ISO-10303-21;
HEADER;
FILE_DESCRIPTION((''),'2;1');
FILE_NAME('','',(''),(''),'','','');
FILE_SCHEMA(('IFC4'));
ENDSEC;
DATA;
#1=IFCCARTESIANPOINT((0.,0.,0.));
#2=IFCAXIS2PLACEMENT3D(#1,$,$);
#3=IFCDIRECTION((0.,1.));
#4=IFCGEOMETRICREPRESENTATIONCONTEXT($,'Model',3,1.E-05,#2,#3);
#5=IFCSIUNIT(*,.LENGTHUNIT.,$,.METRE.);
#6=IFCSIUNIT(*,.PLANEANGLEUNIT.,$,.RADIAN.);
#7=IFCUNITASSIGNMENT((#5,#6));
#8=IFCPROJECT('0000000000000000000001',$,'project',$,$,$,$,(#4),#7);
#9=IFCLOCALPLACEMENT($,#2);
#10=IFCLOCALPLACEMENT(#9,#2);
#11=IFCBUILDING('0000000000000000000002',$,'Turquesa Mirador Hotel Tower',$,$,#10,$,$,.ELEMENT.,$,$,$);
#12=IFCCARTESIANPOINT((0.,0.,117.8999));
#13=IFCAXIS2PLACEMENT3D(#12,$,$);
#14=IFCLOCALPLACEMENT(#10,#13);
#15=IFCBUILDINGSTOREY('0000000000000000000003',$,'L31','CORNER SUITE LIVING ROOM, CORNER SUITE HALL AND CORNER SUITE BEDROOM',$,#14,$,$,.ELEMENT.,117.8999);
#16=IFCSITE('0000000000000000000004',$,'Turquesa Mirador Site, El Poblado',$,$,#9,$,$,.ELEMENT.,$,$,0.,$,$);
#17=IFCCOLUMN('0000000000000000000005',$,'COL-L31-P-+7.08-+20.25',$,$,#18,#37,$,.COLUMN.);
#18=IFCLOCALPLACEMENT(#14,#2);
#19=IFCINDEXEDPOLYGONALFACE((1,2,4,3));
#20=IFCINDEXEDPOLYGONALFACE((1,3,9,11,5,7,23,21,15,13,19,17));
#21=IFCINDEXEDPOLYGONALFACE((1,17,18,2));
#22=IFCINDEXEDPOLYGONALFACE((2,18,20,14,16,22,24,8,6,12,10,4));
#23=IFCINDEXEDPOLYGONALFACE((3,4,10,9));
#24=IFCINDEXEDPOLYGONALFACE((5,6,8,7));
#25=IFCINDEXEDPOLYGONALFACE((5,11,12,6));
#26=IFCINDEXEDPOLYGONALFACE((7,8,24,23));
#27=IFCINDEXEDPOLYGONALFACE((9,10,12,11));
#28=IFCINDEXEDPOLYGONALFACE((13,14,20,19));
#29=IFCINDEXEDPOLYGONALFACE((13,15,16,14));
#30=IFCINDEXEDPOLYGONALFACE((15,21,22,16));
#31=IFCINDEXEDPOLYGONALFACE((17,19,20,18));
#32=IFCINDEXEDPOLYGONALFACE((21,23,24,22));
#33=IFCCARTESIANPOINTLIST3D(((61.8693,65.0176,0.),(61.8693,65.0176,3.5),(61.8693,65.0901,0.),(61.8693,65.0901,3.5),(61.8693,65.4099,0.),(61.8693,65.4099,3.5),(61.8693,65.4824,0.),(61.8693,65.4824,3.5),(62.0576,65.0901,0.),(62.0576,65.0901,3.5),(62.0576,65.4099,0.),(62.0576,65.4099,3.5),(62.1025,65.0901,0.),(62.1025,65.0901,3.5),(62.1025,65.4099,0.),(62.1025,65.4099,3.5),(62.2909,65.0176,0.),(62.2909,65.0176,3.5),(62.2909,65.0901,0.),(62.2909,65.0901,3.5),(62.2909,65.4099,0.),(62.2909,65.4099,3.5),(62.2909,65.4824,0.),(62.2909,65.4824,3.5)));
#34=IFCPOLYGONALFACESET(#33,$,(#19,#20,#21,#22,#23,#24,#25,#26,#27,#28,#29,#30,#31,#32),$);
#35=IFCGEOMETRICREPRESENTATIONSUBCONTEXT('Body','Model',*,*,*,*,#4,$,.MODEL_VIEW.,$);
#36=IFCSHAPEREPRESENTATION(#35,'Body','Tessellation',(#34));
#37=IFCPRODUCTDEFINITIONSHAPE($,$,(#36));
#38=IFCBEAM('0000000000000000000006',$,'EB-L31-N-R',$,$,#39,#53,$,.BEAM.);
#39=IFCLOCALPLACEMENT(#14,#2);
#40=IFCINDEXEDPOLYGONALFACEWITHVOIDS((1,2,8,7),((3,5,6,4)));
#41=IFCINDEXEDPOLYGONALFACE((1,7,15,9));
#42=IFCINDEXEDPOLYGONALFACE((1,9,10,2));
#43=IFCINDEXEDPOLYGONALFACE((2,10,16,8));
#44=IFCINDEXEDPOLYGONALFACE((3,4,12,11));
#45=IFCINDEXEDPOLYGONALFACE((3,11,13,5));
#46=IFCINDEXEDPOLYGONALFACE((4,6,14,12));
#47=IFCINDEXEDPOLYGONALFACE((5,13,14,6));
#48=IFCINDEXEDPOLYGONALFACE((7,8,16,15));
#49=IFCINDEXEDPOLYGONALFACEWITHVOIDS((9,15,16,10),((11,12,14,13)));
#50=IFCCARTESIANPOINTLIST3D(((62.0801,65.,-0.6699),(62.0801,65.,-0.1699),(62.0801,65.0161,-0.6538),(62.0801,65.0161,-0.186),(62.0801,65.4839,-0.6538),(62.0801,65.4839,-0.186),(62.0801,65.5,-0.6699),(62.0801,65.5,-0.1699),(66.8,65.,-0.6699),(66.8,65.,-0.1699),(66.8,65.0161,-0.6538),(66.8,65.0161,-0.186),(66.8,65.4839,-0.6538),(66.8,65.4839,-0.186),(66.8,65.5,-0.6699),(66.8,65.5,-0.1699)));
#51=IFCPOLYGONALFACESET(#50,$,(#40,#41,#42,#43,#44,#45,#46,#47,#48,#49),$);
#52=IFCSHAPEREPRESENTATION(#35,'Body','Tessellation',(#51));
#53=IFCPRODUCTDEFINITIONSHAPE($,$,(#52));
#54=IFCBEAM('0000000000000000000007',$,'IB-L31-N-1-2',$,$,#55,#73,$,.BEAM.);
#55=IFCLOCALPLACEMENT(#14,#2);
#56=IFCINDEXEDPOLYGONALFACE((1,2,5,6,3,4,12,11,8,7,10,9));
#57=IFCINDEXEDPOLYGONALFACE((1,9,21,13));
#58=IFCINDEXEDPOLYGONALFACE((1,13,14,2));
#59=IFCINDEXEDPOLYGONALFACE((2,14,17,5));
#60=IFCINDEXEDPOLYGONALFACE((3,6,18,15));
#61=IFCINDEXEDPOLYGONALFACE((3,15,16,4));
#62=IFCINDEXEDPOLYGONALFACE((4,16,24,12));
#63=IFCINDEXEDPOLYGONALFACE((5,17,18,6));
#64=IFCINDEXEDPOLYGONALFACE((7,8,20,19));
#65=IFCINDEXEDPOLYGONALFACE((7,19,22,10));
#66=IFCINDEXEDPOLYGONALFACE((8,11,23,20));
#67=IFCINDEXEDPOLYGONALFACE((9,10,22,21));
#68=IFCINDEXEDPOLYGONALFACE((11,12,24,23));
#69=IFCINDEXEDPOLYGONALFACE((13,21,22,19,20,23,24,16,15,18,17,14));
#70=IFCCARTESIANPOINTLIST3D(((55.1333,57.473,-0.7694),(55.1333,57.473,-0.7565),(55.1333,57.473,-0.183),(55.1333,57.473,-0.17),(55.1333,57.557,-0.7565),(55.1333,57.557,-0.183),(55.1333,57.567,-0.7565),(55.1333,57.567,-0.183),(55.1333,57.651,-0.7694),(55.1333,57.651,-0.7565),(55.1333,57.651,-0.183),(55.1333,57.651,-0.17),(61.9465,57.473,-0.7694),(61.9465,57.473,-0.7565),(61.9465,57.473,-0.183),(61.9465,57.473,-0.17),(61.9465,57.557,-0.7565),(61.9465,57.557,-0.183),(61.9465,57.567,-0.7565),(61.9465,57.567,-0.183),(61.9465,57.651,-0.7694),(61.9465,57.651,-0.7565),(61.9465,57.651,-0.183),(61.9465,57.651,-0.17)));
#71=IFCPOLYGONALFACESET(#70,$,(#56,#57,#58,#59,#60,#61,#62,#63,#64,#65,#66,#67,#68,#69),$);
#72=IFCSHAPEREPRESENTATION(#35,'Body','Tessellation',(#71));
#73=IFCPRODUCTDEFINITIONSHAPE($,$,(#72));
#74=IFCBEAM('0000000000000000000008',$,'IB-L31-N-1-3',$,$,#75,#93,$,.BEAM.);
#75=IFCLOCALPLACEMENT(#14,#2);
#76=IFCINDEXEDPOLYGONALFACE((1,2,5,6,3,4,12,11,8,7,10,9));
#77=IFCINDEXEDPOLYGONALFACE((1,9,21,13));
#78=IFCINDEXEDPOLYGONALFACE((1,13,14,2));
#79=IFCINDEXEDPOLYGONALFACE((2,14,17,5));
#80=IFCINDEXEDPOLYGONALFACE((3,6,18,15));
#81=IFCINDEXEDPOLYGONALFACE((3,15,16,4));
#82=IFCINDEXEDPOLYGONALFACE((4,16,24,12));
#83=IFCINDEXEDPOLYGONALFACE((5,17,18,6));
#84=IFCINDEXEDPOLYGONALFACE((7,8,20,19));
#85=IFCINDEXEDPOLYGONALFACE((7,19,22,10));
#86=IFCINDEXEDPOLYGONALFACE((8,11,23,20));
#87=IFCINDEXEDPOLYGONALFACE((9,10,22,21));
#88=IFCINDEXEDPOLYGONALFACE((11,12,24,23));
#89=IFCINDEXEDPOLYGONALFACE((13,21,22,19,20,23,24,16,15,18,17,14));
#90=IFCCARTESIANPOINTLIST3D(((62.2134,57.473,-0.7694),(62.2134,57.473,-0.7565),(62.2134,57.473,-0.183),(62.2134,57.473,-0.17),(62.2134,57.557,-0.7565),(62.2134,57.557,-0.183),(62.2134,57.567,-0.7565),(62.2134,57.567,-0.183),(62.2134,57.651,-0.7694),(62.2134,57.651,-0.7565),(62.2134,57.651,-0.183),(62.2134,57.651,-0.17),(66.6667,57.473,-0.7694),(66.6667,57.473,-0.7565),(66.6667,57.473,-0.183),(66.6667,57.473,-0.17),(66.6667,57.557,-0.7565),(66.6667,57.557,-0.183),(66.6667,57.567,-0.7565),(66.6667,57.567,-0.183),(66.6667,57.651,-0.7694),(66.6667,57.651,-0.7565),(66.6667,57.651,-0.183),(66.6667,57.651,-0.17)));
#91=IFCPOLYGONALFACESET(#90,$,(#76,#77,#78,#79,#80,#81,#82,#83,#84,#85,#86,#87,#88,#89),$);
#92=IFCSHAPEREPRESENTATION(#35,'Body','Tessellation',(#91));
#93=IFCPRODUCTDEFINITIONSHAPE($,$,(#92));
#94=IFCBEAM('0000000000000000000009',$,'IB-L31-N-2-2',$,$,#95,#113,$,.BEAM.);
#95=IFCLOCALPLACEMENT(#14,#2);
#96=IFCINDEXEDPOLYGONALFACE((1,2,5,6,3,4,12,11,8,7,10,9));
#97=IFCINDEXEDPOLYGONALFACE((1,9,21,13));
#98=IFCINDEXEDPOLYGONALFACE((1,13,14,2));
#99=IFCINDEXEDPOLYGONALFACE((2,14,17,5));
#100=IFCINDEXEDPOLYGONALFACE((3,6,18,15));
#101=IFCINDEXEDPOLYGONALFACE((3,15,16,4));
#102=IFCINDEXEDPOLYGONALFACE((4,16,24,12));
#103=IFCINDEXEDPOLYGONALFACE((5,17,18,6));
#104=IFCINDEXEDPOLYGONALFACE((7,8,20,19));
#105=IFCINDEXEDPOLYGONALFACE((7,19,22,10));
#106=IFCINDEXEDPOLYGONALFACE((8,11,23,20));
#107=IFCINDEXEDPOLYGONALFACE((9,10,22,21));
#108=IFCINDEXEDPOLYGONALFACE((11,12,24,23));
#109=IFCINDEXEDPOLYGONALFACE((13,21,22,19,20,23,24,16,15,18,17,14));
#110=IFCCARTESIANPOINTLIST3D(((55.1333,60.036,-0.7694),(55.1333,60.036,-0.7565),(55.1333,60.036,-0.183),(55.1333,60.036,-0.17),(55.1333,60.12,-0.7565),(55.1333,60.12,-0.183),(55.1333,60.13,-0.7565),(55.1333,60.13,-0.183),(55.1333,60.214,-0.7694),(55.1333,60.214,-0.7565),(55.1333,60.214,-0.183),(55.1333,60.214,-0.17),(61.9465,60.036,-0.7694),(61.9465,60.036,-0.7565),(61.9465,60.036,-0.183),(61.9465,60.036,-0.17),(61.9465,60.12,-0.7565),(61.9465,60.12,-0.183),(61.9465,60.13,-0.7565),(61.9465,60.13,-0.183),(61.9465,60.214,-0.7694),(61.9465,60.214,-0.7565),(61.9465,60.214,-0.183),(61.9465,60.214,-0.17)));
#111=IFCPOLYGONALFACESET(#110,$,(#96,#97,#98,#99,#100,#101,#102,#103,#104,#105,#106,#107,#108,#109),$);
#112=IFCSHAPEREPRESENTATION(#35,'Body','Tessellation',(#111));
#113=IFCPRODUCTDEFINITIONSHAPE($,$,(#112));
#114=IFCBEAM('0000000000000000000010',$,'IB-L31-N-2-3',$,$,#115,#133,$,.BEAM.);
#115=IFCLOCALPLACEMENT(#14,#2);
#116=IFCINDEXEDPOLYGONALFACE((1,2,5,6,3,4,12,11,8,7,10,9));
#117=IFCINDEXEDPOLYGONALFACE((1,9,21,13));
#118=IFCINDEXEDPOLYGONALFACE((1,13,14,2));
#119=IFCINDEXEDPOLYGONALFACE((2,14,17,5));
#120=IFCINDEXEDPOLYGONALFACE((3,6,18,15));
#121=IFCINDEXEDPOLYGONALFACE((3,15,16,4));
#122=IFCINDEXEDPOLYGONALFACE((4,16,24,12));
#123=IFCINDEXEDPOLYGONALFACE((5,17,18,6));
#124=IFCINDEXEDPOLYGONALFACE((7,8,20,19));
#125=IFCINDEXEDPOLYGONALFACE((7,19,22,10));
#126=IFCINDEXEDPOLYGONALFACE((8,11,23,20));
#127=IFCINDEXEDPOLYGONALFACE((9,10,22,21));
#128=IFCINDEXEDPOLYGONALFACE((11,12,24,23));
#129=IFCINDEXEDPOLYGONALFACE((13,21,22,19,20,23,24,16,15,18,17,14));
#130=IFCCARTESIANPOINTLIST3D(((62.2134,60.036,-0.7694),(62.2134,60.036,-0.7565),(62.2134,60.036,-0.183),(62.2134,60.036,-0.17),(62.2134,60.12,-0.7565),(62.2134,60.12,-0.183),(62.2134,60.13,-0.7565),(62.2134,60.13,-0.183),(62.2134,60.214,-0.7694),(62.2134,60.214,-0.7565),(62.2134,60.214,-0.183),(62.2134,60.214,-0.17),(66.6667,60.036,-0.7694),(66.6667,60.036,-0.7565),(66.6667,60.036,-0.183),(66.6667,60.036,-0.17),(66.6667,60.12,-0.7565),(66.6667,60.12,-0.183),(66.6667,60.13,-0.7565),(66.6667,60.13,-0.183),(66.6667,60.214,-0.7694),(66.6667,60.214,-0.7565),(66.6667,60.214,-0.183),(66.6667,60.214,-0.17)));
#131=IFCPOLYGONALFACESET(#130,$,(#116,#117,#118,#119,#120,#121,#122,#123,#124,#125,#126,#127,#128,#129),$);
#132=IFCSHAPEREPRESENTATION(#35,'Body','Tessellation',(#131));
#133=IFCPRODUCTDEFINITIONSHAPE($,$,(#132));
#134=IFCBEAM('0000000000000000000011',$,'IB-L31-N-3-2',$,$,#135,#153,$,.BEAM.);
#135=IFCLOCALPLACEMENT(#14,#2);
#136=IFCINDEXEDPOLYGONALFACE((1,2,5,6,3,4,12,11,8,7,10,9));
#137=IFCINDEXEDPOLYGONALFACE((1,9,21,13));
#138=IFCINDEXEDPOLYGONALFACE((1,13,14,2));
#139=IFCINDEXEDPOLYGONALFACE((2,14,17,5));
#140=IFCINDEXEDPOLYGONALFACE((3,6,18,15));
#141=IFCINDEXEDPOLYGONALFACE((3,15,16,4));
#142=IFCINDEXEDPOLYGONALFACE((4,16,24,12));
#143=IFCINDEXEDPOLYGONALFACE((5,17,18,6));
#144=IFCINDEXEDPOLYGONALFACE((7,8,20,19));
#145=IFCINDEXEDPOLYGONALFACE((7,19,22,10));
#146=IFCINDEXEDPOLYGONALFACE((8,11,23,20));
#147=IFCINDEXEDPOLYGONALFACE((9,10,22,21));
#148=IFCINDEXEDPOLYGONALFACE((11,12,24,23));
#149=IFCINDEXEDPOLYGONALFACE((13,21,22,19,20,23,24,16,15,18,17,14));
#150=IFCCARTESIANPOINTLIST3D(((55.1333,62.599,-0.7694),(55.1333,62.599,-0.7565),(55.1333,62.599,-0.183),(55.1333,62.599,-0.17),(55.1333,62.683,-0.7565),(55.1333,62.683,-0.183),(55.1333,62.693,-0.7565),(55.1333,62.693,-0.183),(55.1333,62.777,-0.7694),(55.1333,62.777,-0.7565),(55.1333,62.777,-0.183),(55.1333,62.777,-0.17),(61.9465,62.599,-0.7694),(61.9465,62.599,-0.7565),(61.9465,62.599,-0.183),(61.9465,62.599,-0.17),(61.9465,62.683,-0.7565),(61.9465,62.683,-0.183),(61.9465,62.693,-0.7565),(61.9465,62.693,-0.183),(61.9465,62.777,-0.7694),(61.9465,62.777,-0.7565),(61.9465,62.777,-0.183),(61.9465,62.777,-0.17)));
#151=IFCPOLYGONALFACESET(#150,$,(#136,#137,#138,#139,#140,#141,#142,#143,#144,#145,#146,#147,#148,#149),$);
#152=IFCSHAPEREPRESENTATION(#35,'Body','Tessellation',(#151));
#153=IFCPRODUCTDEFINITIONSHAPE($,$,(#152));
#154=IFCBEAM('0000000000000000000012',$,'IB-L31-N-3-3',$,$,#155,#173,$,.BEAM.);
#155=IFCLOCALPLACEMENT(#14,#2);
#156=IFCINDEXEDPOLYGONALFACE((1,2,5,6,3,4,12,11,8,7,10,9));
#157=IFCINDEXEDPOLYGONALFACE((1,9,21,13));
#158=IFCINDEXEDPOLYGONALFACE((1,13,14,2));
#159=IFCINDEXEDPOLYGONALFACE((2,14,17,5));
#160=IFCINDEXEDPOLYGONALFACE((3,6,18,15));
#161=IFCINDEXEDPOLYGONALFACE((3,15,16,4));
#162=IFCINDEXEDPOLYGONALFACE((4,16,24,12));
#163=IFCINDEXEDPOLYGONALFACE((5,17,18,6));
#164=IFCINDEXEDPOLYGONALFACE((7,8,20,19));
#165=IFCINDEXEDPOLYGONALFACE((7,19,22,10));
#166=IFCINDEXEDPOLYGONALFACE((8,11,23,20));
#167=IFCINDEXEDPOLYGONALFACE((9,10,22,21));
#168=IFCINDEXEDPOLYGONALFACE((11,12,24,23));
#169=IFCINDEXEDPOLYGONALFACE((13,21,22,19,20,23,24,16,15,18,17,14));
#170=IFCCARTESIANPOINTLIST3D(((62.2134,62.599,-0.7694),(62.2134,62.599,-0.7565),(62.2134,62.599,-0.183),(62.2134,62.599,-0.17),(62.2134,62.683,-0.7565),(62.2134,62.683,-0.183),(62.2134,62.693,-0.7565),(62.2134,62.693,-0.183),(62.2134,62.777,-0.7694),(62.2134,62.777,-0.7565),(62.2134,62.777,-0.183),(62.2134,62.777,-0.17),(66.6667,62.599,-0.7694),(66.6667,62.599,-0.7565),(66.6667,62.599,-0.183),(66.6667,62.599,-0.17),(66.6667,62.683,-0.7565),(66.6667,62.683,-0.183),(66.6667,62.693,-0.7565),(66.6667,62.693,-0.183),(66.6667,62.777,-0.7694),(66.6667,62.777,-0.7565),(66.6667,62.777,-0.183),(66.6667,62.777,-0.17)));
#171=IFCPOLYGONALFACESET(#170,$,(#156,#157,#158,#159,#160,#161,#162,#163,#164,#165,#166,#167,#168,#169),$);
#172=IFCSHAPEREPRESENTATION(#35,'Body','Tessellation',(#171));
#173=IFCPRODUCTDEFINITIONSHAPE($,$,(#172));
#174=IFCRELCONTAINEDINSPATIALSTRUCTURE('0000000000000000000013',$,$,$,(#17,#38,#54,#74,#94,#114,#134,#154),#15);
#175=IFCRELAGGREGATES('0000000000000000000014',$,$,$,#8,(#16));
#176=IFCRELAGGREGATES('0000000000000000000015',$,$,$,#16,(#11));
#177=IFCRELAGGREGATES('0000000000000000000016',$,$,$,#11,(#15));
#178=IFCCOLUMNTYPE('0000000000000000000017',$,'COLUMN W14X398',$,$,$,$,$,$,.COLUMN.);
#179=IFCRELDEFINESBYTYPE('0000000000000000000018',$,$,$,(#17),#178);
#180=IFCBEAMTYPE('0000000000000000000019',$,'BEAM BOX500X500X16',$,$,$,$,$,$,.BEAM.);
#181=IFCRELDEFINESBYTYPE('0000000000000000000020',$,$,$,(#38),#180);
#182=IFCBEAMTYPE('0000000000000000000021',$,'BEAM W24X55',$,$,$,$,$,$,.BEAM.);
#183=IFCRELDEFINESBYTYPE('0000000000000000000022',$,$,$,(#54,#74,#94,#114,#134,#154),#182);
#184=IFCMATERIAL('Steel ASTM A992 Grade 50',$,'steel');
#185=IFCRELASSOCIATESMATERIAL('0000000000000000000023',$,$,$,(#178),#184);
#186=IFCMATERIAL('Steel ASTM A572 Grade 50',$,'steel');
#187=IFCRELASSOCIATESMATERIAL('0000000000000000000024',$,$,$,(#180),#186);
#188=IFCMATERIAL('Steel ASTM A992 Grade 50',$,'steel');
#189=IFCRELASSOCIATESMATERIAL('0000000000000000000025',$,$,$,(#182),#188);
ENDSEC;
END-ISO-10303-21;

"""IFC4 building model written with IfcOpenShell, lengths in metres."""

from ifc_helpers import new_model, si_unit, direction, frame, origin, origin_2d, place, context, subcontext, project, spatial, hollow_rectangle, i_section, extrude, material, material_profile, profile_set, type_object, element, save


model = new_model("IFC4")

# Units and contexts
model_context = context("Model", 3, precision=1e-05, world=origin(), true_north=direction((0.0, 1.0)))
body_context = subcontext(model_context, "Body", "Model", "MODEL_VIEW")
ifc_project = project(units=[si_unit("LENGTHUNIT", "METRE"), si_unit("PLANEANGLEUNIT", "RADIAN")], contexts=[model_context])

# Site, building, storey
site_placement = place(None, origin())
site = spatial("IfcSite", under=ifc_project, at=site_placement, Name="Turquesa Mirador Site, El Poblado", CompositionType="ELEMENT", RefElevation=0.0)
building_placement = place(site_placement, origin())
building = spatial("IfcBuilding", under=site, at=building_placement, Name="Turquesa Mirador Hotel Tower", CompositionType="ELEMENT")
storey_placement = place(building_placement, frame((0.0, 0.0, 117.8999)))
storey = spatial("IfcBuildingStorey", under=building, at=storey_placement, Name="L31", Description="CORNER SUITE LIVING ROOM, CORNER SUITE HALL AND CORNER SUITE BEDROOM", CompositionType="ELEMENT", Elevation=117.8999)

# Column
ifc_material_1 = material(Name="Steel ASTM A992 Grade 50", Category="steel")
ifc_material_profile_1 = material_profile(ifc_material_1, i_section(OverallWidth=0.4216, OverallDepth=0.4648, WebThickness=0.0449, FlangeThickness=0.0725, at=origin_2d()), Name="W14X398")
ifc_profile_set_1 = profile_set([ifc_material_profile_1], Name="Steel ASTM A992 Grade 50")
column_type = type_object("IfcColumnType", Name="COLUMN W14X398", PredefinedType="COLUMN", material=ifc_profile_set_1)
column_placement = place(storey_placement, frame((62.0801, 65.25, 0.0), z_axis=(0.0, 0.0, 1.0), x_axis=(1.0, 0.0, 0.0)))
element("IfcColumn", 1, at=column_placement, inside=storey, type_object=column_type, Name="COL-L31-P-+7.08-+20.25", PredefinedType="COLUMN", context=body_context, shape_type="SweptSolid", body=[
    extrude(i_section(OverallWidth=0.4216, OverallDepth=0.4648, WebThickness=0.0449, FlangeThickness=0.0725, at=origin_2d()), origin(), (0.0, 0.0, 1.0), 3.5),
])

# Beams
ifc_material_2 = material(Name="Steel ASTM A572 Grade 50", Category="steel")
ifc_material_profile_2 = material_profile(ifc_material_2, hollow_rectangle(XDim=0.5, YDim=0.5, WallThickness=0.0161, at=origin_2d()), Name="BOX500X500X16")
ifc_profile_set_2 = profile_set([ifc_material_profile_2], Name="Steel ASTM A572 Grade 50")
beam_type_1 = type_object("IfcBeamType", Name="BEAM BOX500X500X16", PredefinedType="BEAM", material=ifc_profile_set_2)
beam_1_placement = place(storey_placement, frame((62.0801, 65.25, -0.4199), z_axis=(1.0, 0.0, 0.0), x_axis=(0.0, 1.0, 0.0)))
element("IfcBeam", 2, at=beam_1_placement, inside=storey, type_object=beam_type_1, Name="EB-L31-N-R", PredefinedType="BEAM", context=body_context, shape_type="SweptSolid", body=[
    extrude(hollow_rectangle(XDim=0.5, YDim=0.5, WallThickness=0.0161, at=origin_2d()), origin(), (0.0, 0.0, 1.0), 4.72),
])
ifc_material_3 = material(Name="Steel ASTM A992 Grade 50", Category="steel")
ifc_material_profile_3 = material_profile(ifc_material_3, i_section(OverallWidth=0.178, OverallDepth=0.5994, WebThickness=0.01, FlangeThickness=0.0129, at=origin_2d()), Name="W24X55")
ifc_profile_set_3 = profile_set([ifc_material_profile_3], Name="Steel ASTM A992 Grade 50")
beam_type_2 = type_object("IfcBeamType", Name="BEAM W24X55", PredefinedType="BEAM", material=ifc_profile_set_3)
beam_2_placement = place(storey_placement, frame((55.1333, 57.562, -0.4697), z_axis=(1.0, 0.0, 0.0), x_axis=(0.0, 1.0, 0.0)))
element("IfcBeam", 3, at=beam_2_placement, inside=storey, type_object=beam_type_2, Name="IB-L31-N-1-2", PredefinedType="BEAM", context=body_context, shape_type="SweptSolid", body=[
    extrude(i_section(OverallWidth=0.178, OverallDepth=0.5994, WebThickness=0.01, FlangeThickness=0.0129, at=origin_2d()), origin(), (0.0, 0.0, 1.0), 6.8132),
])
beam_3_placement = place(storey_placement, frame((62.2134, 57.562, -0.4697), z_axis=(1.0, 0.0, 0.0), x_axis=(0.0, 1.0, 0.0)))
element("IfcBeam", 4, at=beam_3_placement, inside=storey, type_object=beam_type_2, Name="IB-L31-N-1-3", PredefinedType="BEAM", context=body_context, shape_type="SweptSolid", body=[
    extrude(i_section(OverallWidth=0.178, OverallDepth=0.5994, WebThickness=0.01, FlangeThickness=0.0129, at=origin_2d()), origin(), (0.0, 0.0, 1.0), 4.4534),
])
beam_4_placement = place(storey_placement, frame((55.1333, 60.125, -0.4697), z_axis=(1.0, 0.0, 0.0), x_axis=(0.0, 1.0, 0.0)))
element("IfcBeam", 5, at=beam_4_placement, inside=storey, type_object=beam_type_2, Name="IB-L31-N-2-2", PredefinedType="BEAM", context=body_context, shape_type="SweptSolid", body=[
    extrude(i_section(OverallWidth=0.178, OverallDepth=0.5994, WebThickness=0.01, FlangeThickness=0.0129, at=origin_2d()), origin(), (0.0, 0.0, 1.0), 6.8132),
])
beam_5_placement = place(storey_placement, frame((62.2134, 60.125, -0.4697), z_axis=(1.0, 0.0, 0.0), x_axis=(0.0, 1.0, 0.0)))
element("IfcBeam", 6, at=beam_5_placement, inside=storey, type_object=beam_type_2, Name="IB-L31-N-2-3", PredefinedType="BEAM", context=body_context, shape_type="SweptSolid", body=[
    extrude(i_section(OverallWidth=0.178, OverallDepth=0.5994, WebThickness=0.01, FlangeThickness=0.0129, at=origin_2d()), origin(), (0.0, 0.0, 1.0), 4.4534),
])
beam_6_placement = place(storey_placement, frame((55.1333, 62.688, -0.4697), z_axis=(1.0, 0.0, 0.0), x_axis=(0.0, 1.0, 0.0)))
element("IfcBeam", 7, at=beam_6_placement, inside=storey, type_object=beam_type_2, Name="IB-L31-N-3-2", PredefinedType="BEAM", context=body_context, shape_type="SweptSolid", body=[
    extrude(i_section(OverallWidth=0.178, OverallDepth=0.5994, WebThickness=0.01, FlangeThickness=0.0129, at=origin_2d()), origin(), (0.0, 0.0, 1.0), 6.8132),
])
beam_7_placement = place(storey_placement, frame((62.2134, 62.688, -0.4697), z_axis=(1.0, 0.0, 0.0), x_axis=(0.0, 1.0, 0.0)))
element("IfcBeam", 8, at=beam_7_placement, inside=storey, type_object=beam_type_2, Name="IB-L31-N-3-3", PredefinedType="BEAM", context=body_context, shape_type="SweptSolid", body=[
    extrude(i_section(OverallWidth=0.178, OverallDepth=0.5994, WebThickness=0.01, FlangeThickness=0.0129, at=origin_2d()), origin(), (0.0, 0.0, 1.0), 4.4534),
])

save(model, "model.ifc")
